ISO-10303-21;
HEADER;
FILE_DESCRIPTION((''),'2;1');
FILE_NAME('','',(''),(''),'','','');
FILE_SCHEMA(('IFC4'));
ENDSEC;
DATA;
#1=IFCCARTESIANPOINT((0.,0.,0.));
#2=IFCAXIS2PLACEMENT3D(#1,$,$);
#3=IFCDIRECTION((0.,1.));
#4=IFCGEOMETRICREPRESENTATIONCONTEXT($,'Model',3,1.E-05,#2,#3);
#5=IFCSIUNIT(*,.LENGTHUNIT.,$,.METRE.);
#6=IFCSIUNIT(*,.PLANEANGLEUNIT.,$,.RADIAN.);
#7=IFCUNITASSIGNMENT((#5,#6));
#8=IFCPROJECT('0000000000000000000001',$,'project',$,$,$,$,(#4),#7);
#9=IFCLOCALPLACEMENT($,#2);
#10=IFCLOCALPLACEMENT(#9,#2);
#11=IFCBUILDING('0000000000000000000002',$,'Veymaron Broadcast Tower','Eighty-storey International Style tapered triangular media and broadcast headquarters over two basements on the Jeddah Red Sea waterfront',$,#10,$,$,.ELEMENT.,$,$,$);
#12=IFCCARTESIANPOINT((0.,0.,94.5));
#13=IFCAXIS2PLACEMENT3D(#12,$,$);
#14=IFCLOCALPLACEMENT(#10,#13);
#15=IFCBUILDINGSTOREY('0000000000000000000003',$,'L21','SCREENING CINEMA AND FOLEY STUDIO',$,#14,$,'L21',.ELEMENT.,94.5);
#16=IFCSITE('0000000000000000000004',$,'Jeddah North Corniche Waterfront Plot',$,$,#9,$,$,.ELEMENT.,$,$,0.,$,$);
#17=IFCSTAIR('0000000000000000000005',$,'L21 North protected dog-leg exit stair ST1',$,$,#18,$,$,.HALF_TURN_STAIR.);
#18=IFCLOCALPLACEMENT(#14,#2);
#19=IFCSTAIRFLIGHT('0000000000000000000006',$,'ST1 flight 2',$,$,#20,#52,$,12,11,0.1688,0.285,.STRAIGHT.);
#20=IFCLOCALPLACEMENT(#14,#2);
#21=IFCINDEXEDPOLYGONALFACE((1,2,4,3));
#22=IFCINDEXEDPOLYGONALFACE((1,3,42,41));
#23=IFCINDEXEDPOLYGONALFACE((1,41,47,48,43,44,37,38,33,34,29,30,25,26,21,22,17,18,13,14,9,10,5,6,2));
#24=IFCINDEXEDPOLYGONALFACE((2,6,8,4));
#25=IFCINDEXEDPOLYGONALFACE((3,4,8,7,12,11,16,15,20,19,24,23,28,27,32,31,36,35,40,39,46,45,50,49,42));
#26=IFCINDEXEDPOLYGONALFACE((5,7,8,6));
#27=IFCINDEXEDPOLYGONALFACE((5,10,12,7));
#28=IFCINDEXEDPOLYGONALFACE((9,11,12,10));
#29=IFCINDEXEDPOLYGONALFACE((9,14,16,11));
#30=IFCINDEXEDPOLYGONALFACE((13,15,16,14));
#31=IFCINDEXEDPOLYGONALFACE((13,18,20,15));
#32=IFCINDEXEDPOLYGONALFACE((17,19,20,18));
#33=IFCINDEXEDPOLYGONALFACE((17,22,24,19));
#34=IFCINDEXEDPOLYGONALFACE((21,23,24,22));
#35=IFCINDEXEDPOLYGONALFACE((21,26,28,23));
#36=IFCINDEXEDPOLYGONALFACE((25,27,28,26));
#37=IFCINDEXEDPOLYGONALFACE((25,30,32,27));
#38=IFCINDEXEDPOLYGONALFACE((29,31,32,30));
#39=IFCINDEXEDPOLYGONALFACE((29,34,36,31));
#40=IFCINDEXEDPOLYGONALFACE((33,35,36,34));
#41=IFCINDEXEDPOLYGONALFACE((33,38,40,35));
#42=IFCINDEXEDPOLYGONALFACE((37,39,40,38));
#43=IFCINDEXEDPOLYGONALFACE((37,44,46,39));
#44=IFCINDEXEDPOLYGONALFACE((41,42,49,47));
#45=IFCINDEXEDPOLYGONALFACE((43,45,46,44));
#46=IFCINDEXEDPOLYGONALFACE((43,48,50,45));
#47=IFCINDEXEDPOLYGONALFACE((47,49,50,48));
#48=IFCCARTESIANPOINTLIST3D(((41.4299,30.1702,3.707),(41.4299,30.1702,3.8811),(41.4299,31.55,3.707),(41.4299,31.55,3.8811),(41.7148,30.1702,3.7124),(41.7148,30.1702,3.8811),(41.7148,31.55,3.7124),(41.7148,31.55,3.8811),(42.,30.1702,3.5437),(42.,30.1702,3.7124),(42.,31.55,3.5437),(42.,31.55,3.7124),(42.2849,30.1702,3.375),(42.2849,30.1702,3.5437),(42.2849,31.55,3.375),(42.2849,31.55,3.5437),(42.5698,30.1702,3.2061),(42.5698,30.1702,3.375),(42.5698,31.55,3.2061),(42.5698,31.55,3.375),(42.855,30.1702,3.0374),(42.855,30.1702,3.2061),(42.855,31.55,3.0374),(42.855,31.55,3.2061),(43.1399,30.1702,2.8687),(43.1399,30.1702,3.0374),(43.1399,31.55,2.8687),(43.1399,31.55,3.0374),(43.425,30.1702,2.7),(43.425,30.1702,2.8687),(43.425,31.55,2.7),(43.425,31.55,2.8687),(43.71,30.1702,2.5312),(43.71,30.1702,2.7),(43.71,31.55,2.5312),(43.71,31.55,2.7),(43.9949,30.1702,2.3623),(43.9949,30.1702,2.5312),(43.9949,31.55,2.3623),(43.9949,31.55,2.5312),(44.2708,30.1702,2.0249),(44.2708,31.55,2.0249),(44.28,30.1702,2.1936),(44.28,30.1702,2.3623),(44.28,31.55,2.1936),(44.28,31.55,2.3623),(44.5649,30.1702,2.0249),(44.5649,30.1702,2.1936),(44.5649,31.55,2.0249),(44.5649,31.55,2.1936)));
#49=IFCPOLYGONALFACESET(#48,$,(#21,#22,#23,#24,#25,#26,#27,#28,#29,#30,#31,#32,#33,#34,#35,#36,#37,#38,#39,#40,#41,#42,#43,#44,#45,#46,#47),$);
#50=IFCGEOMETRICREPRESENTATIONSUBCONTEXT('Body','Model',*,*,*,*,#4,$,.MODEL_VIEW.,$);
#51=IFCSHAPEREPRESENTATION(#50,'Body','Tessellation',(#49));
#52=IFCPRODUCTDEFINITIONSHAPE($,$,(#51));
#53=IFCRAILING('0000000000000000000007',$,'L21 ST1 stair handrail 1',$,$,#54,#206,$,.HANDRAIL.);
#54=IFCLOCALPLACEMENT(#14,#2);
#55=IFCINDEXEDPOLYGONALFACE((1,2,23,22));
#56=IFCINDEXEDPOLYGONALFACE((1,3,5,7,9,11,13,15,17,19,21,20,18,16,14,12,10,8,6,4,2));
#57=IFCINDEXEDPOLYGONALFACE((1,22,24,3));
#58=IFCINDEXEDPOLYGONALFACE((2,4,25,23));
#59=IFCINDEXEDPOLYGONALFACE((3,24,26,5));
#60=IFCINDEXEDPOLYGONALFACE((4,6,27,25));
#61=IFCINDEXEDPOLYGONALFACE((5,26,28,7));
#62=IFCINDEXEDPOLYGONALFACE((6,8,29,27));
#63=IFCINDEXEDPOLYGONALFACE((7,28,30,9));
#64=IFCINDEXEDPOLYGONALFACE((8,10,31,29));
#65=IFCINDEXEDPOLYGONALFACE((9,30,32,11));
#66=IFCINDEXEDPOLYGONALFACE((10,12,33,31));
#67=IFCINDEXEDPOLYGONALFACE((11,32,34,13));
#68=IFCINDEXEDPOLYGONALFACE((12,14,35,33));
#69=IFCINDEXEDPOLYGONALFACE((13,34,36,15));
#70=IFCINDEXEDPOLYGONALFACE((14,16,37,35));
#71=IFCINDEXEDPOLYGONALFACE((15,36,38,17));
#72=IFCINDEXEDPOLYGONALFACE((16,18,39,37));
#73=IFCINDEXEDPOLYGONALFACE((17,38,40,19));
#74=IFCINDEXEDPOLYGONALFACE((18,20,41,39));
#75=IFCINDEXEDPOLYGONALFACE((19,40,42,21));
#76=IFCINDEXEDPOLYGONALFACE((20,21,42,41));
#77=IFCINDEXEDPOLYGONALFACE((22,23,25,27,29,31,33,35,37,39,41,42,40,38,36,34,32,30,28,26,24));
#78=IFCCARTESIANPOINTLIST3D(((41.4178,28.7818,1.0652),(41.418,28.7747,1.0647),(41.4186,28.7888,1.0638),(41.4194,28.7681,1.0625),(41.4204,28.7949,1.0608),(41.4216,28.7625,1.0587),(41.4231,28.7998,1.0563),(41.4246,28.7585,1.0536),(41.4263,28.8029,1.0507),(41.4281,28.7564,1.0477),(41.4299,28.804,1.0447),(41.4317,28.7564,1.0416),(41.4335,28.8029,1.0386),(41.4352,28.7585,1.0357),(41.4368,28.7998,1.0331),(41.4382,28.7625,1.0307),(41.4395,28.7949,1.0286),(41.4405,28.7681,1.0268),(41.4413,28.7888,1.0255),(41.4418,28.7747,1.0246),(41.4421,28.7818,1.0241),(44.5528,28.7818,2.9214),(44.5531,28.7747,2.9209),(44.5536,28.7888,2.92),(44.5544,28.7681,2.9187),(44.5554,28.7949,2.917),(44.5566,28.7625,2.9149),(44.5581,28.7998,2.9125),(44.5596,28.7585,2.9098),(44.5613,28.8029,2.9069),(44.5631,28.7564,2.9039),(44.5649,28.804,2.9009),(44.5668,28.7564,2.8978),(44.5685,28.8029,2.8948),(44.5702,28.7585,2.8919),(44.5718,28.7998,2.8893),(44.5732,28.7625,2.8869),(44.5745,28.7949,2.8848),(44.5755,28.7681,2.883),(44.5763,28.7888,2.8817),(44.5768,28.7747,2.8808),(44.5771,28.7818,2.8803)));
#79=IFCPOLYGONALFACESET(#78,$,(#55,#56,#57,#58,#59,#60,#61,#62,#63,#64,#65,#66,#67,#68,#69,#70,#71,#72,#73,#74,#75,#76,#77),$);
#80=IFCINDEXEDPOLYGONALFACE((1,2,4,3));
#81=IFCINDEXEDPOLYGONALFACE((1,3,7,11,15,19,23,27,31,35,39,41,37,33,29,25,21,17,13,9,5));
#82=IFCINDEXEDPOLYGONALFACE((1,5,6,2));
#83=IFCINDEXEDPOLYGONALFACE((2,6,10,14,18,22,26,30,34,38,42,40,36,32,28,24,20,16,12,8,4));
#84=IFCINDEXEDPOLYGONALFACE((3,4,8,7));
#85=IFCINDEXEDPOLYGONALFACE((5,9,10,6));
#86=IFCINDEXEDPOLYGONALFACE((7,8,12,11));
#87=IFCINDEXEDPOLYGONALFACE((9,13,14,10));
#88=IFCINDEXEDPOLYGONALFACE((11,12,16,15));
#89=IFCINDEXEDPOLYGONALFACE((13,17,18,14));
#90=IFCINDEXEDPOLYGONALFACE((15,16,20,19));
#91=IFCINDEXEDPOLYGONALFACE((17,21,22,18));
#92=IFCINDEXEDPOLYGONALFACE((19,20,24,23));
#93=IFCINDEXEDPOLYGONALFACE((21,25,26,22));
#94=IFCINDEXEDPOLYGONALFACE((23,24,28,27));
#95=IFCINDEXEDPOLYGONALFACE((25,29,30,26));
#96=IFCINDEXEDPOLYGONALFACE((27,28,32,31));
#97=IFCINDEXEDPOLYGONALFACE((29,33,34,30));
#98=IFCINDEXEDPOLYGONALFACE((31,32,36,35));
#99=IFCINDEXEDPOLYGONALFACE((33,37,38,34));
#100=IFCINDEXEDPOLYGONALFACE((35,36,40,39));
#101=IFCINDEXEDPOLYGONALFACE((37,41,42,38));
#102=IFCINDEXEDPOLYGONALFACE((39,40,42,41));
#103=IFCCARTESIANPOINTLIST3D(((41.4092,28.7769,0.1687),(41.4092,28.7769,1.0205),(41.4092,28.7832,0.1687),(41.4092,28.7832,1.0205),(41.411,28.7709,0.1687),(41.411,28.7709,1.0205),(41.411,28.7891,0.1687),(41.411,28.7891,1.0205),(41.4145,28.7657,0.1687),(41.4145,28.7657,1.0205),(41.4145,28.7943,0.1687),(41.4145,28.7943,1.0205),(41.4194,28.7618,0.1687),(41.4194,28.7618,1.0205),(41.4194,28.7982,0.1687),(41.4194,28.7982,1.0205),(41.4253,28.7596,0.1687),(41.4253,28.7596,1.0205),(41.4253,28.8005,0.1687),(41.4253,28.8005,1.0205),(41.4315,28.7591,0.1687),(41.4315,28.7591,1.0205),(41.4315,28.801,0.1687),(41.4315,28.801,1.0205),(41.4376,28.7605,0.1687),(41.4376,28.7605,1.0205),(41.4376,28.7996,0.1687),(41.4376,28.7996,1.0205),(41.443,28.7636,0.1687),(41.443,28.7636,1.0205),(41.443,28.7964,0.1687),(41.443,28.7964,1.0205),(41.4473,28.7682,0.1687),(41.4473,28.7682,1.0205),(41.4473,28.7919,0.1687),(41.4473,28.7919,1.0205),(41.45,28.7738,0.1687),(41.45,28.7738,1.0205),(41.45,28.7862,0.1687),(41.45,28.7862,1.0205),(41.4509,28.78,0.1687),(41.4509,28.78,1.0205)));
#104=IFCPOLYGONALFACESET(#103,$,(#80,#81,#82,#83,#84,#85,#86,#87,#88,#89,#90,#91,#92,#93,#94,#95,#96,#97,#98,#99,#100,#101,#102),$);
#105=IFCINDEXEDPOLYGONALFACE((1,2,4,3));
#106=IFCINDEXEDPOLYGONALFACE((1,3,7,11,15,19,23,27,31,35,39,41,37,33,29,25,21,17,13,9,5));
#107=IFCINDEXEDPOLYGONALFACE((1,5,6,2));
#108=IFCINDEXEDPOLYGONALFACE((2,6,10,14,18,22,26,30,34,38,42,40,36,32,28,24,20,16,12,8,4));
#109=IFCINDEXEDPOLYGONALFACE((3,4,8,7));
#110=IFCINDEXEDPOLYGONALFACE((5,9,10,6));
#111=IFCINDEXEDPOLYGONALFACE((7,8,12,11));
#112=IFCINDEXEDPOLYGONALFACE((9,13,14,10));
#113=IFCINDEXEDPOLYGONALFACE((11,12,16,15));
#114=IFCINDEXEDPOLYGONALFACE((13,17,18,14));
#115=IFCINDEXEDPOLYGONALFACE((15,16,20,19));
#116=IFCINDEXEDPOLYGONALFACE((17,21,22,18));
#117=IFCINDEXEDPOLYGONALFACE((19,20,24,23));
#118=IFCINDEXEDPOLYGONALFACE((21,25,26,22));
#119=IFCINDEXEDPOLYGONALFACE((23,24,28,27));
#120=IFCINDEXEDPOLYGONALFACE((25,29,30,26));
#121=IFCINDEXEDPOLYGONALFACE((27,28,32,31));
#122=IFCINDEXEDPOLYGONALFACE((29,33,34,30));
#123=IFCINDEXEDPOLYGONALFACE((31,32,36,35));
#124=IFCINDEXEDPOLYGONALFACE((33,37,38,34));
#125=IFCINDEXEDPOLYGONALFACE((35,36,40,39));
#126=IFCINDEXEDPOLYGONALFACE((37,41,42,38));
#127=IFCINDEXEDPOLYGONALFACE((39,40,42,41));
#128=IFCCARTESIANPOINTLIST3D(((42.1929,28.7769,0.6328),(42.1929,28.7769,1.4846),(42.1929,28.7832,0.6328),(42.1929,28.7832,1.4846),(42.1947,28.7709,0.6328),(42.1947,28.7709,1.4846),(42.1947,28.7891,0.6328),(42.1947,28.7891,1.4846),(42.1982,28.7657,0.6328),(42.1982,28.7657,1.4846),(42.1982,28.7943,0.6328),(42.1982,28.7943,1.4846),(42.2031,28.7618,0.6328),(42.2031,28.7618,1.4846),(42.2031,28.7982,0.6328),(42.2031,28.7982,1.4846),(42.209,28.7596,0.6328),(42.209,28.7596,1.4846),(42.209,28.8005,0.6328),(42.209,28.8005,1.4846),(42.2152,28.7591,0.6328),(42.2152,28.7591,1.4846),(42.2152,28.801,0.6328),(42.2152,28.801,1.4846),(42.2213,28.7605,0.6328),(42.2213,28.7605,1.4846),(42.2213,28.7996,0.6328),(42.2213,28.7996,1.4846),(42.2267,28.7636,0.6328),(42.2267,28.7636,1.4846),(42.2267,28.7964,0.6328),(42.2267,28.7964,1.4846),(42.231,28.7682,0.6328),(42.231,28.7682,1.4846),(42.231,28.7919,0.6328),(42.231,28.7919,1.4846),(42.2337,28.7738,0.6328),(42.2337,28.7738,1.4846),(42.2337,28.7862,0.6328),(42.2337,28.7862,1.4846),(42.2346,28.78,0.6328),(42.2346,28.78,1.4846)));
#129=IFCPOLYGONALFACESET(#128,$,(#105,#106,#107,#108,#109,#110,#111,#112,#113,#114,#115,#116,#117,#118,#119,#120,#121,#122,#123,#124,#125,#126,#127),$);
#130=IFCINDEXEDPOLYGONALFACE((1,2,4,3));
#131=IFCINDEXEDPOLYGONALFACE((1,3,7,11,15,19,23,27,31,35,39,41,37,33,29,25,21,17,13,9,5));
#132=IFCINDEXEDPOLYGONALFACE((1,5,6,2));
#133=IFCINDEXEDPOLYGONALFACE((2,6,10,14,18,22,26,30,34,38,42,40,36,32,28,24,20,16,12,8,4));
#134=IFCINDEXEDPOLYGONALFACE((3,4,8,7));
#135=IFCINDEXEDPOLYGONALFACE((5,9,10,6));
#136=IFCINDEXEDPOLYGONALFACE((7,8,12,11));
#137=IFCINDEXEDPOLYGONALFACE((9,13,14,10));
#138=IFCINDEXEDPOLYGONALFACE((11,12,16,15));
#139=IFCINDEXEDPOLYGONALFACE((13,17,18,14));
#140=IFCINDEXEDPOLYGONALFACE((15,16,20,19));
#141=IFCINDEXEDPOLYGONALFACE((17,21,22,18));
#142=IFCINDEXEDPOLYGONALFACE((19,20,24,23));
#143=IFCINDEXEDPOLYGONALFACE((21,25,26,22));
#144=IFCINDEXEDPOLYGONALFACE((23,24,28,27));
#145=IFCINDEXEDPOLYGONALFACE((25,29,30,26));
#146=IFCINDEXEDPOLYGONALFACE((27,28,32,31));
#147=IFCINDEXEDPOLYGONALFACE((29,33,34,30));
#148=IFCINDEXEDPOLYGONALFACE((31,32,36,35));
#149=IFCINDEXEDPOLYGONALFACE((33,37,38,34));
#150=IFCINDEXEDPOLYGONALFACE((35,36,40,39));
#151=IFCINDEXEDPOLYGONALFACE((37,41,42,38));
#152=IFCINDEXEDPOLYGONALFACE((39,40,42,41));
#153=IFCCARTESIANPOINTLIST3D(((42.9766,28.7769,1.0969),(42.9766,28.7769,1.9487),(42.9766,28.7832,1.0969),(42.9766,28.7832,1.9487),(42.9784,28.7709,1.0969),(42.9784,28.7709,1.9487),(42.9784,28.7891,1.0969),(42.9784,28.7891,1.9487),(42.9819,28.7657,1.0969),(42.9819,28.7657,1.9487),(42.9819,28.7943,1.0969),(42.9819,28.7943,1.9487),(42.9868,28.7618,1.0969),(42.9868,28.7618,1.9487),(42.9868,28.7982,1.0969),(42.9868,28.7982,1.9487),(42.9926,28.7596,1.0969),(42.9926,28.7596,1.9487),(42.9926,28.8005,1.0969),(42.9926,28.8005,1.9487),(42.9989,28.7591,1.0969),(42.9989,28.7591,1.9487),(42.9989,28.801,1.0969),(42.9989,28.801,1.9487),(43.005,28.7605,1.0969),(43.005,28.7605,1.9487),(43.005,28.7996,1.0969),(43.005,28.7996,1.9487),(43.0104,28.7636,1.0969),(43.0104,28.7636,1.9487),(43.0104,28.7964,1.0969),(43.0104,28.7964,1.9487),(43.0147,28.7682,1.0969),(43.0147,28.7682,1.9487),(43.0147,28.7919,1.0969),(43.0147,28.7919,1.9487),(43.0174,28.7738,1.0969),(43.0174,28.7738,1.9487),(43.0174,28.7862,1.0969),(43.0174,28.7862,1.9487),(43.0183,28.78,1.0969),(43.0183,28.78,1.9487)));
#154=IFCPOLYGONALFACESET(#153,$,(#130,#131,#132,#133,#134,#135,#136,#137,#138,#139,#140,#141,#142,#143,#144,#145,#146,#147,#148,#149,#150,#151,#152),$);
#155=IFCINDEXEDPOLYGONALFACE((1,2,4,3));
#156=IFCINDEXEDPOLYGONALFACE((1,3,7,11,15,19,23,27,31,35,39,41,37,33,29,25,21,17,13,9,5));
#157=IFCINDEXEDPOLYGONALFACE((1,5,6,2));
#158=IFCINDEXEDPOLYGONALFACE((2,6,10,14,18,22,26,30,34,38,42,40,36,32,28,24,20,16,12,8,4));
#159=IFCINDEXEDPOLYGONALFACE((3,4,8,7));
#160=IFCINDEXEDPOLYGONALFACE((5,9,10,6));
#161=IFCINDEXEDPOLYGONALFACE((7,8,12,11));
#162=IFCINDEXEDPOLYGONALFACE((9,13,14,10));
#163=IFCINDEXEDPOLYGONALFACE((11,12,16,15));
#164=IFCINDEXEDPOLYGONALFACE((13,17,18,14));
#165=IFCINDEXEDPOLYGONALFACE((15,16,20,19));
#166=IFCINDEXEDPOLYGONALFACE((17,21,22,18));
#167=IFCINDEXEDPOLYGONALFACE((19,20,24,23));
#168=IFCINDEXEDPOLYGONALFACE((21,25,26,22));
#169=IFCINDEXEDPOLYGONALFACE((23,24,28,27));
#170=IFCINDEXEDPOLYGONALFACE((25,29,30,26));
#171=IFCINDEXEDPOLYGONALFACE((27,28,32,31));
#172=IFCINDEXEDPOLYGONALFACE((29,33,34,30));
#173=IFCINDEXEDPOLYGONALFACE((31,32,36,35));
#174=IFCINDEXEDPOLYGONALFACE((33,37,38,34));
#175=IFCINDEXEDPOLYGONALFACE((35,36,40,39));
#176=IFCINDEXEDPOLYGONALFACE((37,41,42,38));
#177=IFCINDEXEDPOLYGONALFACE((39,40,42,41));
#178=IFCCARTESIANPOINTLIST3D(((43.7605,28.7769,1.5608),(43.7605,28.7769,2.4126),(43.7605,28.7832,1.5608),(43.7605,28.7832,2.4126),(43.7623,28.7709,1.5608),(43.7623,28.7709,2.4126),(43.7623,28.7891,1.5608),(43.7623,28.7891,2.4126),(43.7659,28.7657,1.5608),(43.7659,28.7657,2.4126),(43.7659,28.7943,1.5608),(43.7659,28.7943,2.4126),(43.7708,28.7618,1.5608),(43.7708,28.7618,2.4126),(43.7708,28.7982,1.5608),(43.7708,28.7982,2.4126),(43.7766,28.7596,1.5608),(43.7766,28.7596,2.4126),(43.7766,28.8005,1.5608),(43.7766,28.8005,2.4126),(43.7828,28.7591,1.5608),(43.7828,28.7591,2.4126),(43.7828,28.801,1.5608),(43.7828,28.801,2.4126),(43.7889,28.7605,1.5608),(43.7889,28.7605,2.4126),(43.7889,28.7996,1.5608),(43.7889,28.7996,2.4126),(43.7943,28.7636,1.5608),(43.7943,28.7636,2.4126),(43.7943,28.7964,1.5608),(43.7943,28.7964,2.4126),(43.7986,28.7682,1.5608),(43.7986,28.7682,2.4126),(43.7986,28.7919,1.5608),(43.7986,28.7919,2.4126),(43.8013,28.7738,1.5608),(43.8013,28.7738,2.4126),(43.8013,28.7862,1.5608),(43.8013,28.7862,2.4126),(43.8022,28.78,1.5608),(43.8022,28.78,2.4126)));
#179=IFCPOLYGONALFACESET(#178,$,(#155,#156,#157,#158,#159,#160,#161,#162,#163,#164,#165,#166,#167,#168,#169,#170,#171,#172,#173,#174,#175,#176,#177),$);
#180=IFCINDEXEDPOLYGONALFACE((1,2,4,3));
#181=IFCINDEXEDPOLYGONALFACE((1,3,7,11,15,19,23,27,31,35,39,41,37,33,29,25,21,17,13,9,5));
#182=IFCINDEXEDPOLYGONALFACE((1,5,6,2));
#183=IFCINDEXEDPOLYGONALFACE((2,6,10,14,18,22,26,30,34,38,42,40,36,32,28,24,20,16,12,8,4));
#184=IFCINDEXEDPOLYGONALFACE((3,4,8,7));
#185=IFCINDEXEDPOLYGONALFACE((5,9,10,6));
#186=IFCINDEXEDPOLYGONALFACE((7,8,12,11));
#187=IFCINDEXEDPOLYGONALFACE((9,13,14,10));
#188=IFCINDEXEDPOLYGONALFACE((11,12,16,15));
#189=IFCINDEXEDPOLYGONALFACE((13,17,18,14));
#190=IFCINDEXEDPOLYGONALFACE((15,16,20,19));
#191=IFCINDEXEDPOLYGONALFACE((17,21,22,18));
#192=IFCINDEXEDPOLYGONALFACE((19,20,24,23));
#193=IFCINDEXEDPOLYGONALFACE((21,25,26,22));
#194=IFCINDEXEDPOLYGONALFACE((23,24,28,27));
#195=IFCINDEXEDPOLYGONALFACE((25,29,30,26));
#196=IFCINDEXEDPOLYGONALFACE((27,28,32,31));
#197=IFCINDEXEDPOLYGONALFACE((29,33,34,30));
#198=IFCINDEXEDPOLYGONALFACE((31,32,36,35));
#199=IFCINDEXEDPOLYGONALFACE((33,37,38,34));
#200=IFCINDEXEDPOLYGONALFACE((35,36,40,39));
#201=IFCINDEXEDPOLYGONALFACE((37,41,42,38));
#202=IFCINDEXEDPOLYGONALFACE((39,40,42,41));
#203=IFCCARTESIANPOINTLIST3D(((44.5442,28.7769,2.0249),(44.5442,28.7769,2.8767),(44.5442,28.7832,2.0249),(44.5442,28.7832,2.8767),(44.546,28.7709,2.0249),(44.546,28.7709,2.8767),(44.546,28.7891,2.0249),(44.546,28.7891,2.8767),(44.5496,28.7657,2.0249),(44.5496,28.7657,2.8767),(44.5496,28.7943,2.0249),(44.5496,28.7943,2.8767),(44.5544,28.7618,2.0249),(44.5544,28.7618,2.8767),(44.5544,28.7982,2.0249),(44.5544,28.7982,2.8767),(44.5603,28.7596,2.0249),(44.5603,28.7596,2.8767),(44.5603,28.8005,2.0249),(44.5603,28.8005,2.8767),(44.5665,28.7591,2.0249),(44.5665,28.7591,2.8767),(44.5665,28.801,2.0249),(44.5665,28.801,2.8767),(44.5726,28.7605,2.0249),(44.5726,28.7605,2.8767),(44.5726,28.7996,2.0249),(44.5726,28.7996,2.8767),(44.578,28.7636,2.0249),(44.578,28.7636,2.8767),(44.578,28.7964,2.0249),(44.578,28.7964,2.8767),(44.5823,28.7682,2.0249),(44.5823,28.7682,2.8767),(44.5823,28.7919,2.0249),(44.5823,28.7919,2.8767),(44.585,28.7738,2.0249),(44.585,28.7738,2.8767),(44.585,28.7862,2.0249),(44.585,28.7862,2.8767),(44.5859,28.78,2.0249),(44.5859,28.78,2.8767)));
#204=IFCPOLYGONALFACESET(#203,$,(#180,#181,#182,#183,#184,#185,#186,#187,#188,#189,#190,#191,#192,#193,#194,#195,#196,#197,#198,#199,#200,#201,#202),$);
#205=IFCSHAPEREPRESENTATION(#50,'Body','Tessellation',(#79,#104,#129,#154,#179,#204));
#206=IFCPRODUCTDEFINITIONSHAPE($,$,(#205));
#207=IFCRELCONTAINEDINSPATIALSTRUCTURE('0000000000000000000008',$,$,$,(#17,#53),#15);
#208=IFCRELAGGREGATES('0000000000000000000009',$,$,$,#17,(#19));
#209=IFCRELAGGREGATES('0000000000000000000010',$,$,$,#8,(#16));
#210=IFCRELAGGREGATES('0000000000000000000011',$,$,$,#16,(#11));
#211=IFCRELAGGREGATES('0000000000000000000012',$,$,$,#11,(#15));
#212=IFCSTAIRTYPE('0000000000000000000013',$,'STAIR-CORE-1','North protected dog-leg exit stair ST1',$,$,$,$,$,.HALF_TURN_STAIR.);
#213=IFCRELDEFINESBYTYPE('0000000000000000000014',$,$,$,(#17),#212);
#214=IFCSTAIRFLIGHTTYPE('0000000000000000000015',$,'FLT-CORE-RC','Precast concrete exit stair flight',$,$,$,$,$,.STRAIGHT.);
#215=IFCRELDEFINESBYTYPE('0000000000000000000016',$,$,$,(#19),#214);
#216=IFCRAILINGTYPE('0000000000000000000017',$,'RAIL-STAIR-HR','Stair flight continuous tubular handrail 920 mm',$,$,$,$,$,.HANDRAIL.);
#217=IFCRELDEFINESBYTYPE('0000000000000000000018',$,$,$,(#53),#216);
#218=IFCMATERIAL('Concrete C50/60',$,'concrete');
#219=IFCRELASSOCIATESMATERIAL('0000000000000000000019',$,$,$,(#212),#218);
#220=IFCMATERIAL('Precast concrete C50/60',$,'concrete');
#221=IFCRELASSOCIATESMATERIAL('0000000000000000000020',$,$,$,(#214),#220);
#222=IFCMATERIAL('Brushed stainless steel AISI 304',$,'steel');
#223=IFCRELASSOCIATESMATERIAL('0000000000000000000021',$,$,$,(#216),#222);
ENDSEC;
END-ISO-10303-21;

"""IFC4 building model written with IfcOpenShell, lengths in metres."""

from ifc_helpers import new_model, si_unit, direction, frame, origin, origin_2d, place, context, subcontext, project, spatial, polyline, circle, outline, extrude, material, type_object, element, aggregate, save


model = new_model("IFC4")

# Units and contexts
model_context = context("Model", 3, precision=1e-05, world=origin(), true_north=direction((0.0, 1.0)))
body_context = subcontext(model_context, "Body", "Model", "MODEL_VIEW")
ifc_project = project(units=[si_unit("LENGTHUNIT", "METRE"), si_unit("PLANEANGLEUNIT", "RADIAN")], contexts=[model_context])

# Site, building, storey
site_placement = place(None, origin())
site = spatial("IfcSite", under=ifc_project, at=site_placement, Name="Jeddah North Corniche Waterfront Plot", CompositionType="ELEMENT", RefElevation=0.0)
building_placement = place(site_placement, origin())
building = spatial("IfcBuilding", under=site, at=building_placement, Name="Veymaron Broadcast Tower", Description="Eighty-storey International Style tapered triangular media and broadcast headquarters over two basements on the Jeddah Red Sea waterfront", CompositionType="ELEMENT")
storey_placement = place(building_placement, frame((0.0, 0.0, 94.5)))
storey = spatial("IfcBuildingStorey", under=building, at=storey_placement, Name="L21", Description="SCREENING CINEMA AND FOLEY STUDIO", LongName="L21", CompositionType="ELEMENT", Elevation=94.5)

# Shared definitions
ifc_material_1 = material(Name="Brushed stainless steel AISI 304", Category="steel")

# Shared definitions
ifc_material_2 = material(Name="Concrete C50/60", Category="concrete")

# Stair, stair flight
stair_type = type_object("IfcStairType", Name="STAIR-CORE-1", Description="North protected dog-leg exit stair ST1", PredefinedType="HALF_TURN_STAIR", material=ifc_material_2)
stair_placement = place(storey_placement, origin())
stair = element("IfcStair", 1, at=stair_placement, inside=storey, type_object=stair_type, Name="L21 North protected dog-leg exit stair ST1", PredefinedType="HALF_TURN_STAIR")
ifc_material_3 = material(Name="Precast concrete C50/60", Category="concrete")
stair_flight_type = type_object("IfcStairFlightType", Name="FLT-CORE-RC", Description="Precast concrete exit stair flight", PredefinedType="STRAIGHT", material=ifc_material_3)
stair_flight_1_placement = place(storey_placement, frame((44.5649, 30.8601, 2.0249), z_axis=(0.0, 0.0, 1.0), x_axis=(-1.0, 0.0, 0.0)))
stair_flight_1 = element("IfcStairFlight", 2, at=stair_flight_1_placement, type_object=stair_flight_type, Name="ST1 flight 2", NumberOfRisers=12, NumberOfTreads=11, PredefinedType="STRAIGHT", RiserHeight=0.1688, TreadLength=0.285, context=body_context, shape_type="SweptSolid", body=[
    extrude(outline(polyline([(0.0, 0.0), (0.0, 0.1687), (0.2849, 0.1687), (0.2849, 0.3374), (0.5701, 0.3374), (0.5701, 0.5063), (0.855, 0.5063), (0.855, 0.675), (1.1399, 0.675), (1.1399, 0.8438), (1.425, 0.8438), (1.425, 1.0125), (1.71, 1.0125), (1.71, 1.1812), (1.9951, 1.1812), (1.9951, 1.3501), (2.28, 1.3501), (2.28, 1.5188), (2.5649, 1.5188), (2.5649, 1.6875), (2.8501, 1.6875), (2.8501, 1.8562), (3.135, 1.8562), (3.135, 2.0249), (3.135, 1.6821), (0.2942, 0.0), (0.0, 0.0)])), frame((0.0, 0.6899, 0.0), z_axis=(0.0, -1.0, 0.0), x_axis=(1.0, 0.0, 0.0)), (0.0, 0.0, 1.0), 1.3799),
])
aggregate(stair, [stair_flight_1])

# Railing
railing_type_1 = type_object("IfcRailingType", Name="RAIL-STAIR-HR", Description="Stair flight continuous tubular handrail 920 mm", PredefinedType="HANDRAIL", material=ifc_material_1)
railing_1_placement = place(storey_placement, frame((41.4299, 28.78, 0.1687)))
element("IfcRailing", 3, at=railing_1_placement, inside=storey, type_object=railing_type_1, Name="L21 ST1 stair handrail 1", PredefinedType="HANDRAIL", context=body_context, shape_type="SweptSolid", body=[
    extrude(circle(Radius=0.0239, at=origin_2d()), frame((0.0, 0.0, 0.876), z_axis=(0.860482, 0.0, 0.509481), x_axis=(0.0, 1.0, 0.0)), (0.0, 0.0, 1.0), 3.6433),
    extrude(circle(Radius=0.021, at=origin_2d()), origin(), (0.0, 0.0, 1.0), 0.8518),
    extrude(circle(Radius=0.021, at=origin_2d()), frame((0.7837, 0.0, 0.4641)), (0.0, 0.0, 1.0), 0.8518),
    extrude(circle(Radius=0.021, at=origin_2d()), frame((1.5674, 0.0, 0.9282)), (0.0, 0.0, 1.0), 0.8518),
    extrude(circle(Radius=0.021, at=origin_2d()), frame((2.3513, 0.0, 1.3921)), (0.0, 0.0, 1.0), 0.8518),
    extrude(circle(Radius=0.021, at=origin_2d()), frame((3.135, 0.0, 1.8562)), (0.0, 0.0, 1.0), 0.8518),
])

save(model, "model.ifc")
